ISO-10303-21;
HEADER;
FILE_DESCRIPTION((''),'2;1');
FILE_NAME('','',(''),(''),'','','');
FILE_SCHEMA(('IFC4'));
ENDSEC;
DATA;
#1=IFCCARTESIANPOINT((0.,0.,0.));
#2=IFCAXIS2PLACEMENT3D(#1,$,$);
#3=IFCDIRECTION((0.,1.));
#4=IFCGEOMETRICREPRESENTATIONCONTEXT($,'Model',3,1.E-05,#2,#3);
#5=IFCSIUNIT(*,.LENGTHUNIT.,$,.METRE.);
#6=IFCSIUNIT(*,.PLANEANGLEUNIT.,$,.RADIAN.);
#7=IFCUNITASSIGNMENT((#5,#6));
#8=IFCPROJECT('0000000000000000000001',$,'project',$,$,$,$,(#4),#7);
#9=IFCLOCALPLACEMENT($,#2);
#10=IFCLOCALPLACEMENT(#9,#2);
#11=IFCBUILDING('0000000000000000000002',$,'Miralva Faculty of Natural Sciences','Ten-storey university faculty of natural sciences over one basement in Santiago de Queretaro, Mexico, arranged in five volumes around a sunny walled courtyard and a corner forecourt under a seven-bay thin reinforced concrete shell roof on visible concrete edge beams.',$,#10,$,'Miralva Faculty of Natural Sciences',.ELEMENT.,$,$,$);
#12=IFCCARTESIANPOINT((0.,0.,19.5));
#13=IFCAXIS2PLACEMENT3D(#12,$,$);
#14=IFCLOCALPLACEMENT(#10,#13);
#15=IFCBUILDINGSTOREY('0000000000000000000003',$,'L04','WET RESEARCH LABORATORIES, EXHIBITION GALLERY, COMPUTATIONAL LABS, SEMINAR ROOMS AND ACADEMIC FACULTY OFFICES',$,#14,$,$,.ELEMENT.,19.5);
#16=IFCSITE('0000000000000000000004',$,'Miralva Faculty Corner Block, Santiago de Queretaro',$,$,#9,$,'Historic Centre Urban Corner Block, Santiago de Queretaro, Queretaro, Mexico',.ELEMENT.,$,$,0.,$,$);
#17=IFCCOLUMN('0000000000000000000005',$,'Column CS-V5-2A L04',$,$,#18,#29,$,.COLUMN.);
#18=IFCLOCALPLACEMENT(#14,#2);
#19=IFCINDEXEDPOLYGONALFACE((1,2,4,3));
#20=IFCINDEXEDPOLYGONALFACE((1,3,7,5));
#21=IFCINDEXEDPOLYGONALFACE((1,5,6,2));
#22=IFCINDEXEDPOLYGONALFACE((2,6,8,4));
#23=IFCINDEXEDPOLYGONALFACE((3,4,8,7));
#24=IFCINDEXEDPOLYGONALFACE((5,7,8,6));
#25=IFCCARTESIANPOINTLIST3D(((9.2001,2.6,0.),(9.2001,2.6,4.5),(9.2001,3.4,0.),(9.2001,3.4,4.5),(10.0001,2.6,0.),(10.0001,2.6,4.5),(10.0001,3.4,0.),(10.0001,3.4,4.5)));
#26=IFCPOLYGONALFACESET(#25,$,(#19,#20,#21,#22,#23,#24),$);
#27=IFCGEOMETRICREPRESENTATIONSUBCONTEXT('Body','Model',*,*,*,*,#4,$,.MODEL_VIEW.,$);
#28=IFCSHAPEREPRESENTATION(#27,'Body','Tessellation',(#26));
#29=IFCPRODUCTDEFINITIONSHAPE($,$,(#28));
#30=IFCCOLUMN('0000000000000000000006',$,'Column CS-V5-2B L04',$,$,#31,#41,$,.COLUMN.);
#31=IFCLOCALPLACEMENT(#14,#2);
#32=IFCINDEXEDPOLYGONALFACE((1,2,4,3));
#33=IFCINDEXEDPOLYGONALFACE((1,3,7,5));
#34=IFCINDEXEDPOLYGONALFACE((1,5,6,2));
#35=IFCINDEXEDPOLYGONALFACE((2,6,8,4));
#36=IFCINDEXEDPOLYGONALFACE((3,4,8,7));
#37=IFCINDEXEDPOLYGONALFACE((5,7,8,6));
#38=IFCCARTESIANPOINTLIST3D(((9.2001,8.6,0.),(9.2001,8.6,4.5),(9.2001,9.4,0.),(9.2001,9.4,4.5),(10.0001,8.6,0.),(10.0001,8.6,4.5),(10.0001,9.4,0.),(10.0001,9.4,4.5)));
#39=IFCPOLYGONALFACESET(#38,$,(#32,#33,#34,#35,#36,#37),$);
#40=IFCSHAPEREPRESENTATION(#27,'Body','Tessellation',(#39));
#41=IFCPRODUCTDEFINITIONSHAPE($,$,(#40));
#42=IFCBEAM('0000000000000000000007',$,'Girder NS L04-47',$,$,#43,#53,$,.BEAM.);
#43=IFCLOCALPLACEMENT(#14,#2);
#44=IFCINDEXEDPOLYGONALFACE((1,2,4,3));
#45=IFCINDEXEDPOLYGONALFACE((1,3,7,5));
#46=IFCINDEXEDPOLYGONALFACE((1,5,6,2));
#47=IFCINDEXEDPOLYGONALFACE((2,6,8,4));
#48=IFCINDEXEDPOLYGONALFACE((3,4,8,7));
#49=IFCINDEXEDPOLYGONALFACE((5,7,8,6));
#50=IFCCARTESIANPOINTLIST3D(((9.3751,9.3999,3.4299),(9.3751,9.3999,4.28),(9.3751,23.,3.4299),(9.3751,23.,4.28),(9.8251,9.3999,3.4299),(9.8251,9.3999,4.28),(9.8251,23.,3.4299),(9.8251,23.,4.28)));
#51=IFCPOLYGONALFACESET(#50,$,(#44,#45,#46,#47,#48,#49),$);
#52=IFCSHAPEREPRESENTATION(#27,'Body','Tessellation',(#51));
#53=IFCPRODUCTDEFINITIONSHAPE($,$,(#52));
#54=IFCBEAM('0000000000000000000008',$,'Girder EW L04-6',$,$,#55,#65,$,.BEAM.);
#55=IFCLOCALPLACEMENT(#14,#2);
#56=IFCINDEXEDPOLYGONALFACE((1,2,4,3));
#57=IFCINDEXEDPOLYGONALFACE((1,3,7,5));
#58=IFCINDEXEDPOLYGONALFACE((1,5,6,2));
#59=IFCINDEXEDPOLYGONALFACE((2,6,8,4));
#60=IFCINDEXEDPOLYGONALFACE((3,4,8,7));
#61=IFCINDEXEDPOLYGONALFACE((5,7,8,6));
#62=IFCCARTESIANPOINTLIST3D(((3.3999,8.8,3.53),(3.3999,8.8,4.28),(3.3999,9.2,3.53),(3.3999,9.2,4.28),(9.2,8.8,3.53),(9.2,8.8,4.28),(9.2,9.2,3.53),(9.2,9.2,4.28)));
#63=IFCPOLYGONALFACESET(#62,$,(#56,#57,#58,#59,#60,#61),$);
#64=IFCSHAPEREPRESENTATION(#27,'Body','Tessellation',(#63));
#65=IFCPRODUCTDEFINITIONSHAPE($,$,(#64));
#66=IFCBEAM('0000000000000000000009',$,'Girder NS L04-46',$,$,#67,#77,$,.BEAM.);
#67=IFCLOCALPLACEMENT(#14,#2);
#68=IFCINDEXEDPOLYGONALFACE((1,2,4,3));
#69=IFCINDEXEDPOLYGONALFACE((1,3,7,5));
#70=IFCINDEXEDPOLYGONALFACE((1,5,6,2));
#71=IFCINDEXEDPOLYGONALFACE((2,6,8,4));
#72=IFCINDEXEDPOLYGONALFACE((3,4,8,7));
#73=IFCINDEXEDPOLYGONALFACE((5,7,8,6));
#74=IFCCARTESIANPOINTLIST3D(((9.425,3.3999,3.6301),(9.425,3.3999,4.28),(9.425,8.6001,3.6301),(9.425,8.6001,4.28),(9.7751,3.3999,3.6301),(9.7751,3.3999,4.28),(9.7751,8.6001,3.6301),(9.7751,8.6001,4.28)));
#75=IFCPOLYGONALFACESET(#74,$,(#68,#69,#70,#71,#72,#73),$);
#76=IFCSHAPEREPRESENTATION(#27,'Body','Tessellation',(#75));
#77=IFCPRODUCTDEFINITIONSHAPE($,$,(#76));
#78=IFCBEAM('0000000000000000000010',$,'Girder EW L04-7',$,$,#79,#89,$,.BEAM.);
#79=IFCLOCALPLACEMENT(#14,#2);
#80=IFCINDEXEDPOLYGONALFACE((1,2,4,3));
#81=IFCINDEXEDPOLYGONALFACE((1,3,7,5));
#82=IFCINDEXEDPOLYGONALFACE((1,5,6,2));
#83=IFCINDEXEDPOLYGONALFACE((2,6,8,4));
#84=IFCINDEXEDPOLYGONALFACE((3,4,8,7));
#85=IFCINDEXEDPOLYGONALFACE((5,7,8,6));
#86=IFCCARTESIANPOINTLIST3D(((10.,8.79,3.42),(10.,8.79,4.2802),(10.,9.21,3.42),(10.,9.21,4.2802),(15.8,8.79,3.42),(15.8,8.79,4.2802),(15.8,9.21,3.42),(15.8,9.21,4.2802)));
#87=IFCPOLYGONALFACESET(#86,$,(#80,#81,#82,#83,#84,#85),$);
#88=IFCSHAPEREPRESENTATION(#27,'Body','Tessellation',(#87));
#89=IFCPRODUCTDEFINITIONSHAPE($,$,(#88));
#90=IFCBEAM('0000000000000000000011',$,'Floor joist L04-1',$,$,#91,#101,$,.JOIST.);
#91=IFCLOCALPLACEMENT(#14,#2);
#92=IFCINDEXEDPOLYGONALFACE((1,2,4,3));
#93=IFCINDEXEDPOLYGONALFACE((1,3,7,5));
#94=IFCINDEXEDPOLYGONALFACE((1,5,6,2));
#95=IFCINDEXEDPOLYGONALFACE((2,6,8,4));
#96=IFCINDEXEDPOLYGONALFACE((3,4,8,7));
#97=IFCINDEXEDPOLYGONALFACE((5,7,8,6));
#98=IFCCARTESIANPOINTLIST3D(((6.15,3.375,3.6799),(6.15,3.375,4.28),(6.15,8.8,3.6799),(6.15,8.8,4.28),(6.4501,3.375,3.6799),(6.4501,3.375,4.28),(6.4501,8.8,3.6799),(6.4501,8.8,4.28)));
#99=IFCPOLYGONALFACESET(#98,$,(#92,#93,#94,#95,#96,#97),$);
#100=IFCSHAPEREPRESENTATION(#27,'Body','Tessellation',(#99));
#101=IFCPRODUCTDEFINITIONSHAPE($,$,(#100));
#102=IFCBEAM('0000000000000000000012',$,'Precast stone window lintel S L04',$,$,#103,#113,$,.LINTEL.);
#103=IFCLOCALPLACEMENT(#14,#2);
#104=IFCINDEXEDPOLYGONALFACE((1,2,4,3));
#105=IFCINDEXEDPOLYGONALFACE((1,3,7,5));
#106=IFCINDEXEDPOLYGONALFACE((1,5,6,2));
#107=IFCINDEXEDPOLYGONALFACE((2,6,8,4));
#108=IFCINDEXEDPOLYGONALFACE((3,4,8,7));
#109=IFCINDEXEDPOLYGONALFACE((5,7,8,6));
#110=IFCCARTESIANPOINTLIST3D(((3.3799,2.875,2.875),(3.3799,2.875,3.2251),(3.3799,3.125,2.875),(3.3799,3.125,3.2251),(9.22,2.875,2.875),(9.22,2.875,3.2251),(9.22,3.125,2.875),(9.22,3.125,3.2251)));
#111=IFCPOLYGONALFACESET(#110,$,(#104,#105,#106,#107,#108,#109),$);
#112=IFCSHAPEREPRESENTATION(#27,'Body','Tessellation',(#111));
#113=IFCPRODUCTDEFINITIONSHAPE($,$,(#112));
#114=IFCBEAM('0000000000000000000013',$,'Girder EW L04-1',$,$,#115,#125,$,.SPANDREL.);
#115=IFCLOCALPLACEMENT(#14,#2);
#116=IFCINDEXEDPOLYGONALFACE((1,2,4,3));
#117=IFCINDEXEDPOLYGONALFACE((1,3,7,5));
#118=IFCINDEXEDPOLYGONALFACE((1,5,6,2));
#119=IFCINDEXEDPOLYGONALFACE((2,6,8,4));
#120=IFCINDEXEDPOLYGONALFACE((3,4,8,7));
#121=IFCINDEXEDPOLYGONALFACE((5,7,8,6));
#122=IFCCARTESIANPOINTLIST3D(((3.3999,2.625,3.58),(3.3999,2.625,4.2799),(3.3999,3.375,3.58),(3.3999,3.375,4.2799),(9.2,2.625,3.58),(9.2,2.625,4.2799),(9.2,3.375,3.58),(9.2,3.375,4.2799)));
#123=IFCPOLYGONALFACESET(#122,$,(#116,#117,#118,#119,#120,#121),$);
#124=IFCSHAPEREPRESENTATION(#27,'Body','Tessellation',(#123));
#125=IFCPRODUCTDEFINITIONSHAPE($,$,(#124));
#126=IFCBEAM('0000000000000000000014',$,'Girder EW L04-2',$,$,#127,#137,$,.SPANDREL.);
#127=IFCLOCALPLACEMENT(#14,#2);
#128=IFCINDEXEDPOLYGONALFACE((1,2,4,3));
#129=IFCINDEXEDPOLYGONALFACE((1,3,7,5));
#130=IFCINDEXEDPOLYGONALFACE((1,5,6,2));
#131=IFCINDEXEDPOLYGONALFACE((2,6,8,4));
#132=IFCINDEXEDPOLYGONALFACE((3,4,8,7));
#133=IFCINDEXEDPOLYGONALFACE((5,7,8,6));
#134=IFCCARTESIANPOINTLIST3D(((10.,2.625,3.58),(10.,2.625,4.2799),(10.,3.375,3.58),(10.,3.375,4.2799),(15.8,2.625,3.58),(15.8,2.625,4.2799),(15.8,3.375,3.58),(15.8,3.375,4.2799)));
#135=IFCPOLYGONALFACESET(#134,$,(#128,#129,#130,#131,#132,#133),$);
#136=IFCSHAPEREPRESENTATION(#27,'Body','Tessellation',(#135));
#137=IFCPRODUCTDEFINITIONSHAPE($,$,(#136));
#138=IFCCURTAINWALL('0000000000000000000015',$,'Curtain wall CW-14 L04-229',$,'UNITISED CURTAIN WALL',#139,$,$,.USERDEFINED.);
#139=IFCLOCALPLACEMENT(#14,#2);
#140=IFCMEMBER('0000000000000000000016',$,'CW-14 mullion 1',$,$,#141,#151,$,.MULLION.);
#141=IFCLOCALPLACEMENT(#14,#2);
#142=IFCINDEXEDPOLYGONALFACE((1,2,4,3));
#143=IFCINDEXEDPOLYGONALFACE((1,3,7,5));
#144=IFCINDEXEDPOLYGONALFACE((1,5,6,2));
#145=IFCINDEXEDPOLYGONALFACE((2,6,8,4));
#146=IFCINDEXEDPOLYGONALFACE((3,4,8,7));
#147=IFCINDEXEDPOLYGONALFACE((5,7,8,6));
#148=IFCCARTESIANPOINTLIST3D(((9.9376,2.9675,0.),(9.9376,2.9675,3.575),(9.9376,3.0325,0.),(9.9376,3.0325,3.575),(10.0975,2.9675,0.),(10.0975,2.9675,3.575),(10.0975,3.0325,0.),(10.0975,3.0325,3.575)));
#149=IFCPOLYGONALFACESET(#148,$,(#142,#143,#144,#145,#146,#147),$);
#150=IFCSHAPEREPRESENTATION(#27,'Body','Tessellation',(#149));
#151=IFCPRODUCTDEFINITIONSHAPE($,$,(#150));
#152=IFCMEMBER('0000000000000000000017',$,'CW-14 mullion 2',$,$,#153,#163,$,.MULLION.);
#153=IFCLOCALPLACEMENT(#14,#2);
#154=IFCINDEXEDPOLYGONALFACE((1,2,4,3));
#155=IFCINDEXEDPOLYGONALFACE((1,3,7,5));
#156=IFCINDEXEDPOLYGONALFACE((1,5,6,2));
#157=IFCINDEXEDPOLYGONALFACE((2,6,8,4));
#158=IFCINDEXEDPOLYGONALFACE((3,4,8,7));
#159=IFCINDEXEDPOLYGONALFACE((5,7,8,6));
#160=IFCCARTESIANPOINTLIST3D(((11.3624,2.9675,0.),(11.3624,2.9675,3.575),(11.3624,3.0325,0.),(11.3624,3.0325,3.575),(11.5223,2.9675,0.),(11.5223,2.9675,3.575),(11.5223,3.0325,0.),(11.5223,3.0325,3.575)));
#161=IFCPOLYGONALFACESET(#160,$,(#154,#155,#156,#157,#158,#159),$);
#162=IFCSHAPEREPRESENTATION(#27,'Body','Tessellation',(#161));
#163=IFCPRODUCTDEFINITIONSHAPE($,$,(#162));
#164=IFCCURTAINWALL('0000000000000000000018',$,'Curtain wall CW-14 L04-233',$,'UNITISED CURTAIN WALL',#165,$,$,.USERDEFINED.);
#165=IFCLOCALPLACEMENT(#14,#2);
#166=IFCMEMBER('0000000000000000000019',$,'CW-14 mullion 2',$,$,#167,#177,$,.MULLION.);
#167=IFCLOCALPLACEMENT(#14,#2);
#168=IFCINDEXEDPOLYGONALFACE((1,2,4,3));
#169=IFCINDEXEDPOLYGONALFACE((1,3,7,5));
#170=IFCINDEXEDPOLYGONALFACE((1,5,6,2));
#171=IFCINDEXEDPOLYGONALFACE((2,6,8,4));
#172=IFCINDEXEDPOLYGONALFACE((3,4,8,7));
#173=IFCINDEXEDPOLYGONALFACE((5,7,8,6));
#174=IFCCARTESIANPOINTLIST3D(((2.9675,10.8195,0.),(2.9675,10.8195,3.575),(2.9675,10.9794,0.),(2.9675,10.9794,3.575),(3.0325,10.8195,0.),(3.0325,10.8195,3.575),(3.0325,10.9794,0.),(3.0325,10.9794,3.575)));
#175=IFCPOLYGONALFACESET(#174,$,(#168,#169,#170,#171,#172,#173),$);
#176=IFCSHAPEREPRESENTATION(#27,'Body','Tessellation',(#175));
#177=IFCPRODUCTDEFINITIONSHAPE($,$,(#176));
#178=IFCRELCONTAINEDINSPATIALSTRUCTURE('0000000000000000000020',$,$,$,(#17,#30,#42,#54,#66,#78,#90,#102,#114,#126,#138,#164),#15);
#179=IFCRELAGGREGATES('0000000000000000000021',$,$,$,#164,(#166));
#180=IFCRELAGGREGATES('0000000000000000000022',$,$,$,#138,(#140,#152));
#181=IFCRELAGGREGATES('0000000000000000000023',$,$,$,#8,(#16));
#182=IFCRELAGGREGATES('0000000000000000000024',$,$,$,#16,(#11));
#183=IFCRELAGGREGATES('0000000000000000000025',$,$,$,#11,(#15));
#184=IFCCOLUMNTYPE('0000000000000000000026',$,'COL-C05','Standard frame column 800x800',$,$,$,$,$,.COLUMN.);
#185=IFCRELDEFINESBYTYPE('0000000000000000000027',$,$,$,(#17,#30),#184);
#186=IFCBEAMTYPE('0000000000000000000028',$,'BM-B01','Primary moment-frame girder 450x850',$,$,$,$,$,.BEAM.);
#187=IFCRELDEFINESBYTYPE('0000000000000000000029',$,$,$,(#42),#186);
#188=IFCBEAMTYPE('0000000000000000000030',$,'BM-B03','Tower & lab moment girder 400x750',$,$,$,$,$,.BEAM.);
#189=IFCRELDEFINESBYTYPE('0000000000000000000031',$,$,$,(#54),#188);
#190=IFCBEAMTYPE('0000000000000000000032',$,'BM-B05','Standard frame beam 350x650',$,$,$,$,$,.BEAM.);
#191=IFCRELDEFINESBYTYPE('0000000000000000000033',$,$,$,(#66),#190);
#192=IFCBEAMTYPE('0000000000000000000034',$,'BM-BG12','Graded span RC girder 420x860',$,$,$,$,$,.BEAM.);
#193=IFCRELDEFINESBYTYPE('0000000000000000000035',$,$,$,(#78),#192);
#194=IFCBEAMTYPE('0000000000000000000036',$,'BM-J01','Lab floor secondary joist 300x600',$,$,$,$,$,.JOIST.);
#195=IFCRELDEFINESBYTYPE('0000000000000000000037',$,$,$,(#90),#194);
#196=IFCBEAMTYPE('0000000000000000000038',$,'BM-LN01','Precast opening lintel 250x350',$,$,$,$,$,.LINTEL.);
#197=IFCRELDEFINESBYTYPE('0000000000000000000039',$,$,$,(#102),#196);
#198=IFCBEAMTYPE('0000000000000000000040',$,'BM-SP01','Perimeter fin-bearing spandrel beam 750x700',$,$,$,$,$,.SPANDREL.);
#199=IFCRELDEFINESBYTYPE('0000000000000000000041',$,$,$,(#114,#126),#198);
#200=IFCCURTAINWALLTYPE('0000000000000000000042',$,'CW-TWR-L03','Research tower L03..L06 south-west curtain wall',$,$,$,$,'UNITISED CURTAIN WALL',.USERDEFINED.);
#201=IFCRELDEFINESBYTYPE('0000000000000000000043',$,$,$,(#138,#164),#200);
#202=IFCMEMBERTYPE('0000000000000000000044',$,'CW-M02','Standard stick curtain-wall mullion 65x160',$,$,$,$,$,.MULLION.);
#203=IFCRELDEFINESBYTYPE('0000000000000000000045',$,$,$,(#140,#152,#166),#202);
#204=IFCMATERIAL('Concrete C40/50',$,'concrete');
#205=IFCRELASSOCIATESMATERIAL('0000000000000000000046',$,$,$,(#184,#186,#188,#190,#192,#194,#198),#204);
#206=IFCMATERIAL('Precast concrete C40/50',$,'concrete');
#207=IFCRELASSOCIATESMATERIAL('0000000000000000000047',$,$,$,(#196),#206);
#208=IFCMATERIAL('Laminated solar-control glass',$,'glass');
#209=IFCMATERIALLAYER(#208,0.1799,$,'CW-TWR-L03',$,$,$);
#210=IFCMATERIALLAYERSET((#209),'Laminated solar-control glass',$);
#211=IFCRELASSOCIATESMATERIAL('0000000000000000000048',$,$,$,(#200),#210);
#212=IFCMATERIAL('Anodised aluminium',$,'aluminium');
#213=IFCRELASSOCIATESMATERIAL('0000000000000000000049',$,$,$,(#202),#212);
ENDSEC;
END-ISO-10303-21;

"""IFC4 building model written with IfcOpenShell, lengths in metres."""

from ifc_helpers import new_model, si_unit, direction, frame, origin, origin_2d, place, context, subcontext, project, spatial, rectangle, extrude, material, layer, layer_set, material_profile, profile_set, type_object, element, aggregate, save


model = new_model("IFC4")

# Units and contexts
model_context = context("Model", 3, precision=1e-05, world=origin(), true_north=direction((0.0, 1.0)))
body_context = subcontext(model_context, "Body", "Model", "MODEL_VIEW")
ifc_project = project(units=[si_unit("LENGTHUNIT", "METRE"), si_unit("PLANEANGLEUNIT", "RADIAN")], contexts=[model_context])

# Site, building, storey
site_placement = place(None, origin())
site = spatial("IfcSite", under=ifc_project, at=site_placement, Name="Miralva Faculty Corner Block, Santiago de Queretaro", LongName="Historic Centre Urban Corner Block, Santiago de Queretaro, Queretaro, Mexico", CompositionType="ELEMENT", RefElevation=0.0)
building_placement = place(site_placement, origin())
building = spatial("IfcBuilding", under=site, at=building_placement, Name="Miralva Faculty of Natural Sciences", Description="Ten-storey university faculty of natural sciences over one basement in Santiago de Queretaro, Mexico, arranged in five volumes around a sunny walled courtyard and a corner forecourt under a seven-bay thin reinforced concrete shell roof on visible concrete edge beams.", LongName="Miralva Faculty of Natural Sciences", CompositionType="ELEMENT")
storey_placement = place(building_placement, frame((0.0, 0.0, 19.5)))
storey = spatial("IfcBuildingStorey", under=building, at=storey_placement, Name="L04", Description="WET RESEARCH LABORATORIES, EXHIBITION GALLERY, COMPUTATIONAL LABS, SEMINAR ROOMS AND ACADEMIC FACULTY OFFICES", CompositionType="ELEMENT", Elevation=19.5)

# Columns
ifc_material_1 = material(Name="Concrete C40/50", Category="concrete")
ifc_material_profile_1 = material_profile(ifc_material_1, rectangle(XDim=0.8, YDim=0.8, at=origin_2d()), Name="RC 800x800")
ifc_profile_set_1 = profile_set([ifc_material_profile_1], Name="Concrete C40/50")
column_type = type_object("IfcColumnType", Name="COL-C05", Description="Standard frame column 800x800", PredefinedType="COLUMN", material=ifc_profile_set_1)
for number, where, z_axis, x_axis, name in (
    (1, (9.6001, 3.0, 0.0), (0.0, 0.0, 1.0), (1.0, 0.0, 0.0), "Column CS-V5-2A L04"),
    (2, (9.6001, 9.0, 0.0), (0.0, 0.0, 1.0), (1.0, 0.0, 0.0), "Column CS-V5-2B L04"),
):
    element("IfcColumn", number, at=place(storey_placement, frame(where, z_axis=z_axis, x_axis=x_axis)), inside=storey, type_object=column_type, Name=name, PredefinedType="COLUMN", context=body_context, shape_type="SweptSolid", body=[
        extrude(rectangle(XDim=0.8, YDim=0.8, at=origin_2d()), origin(), (0.0, 0.0, 1.0), 4.5),
    ])

# Beams
ifc_material_profile_2 = material_profile(ifc_material_1, rectangle(XDim=0.45, YDim=0.8501, at=origin_2d()), Name="RC 450x850")
ifc_profile_set_2 = profile_set([ifc_material_profile_2], Name="Concrete C40/50")
beam_type_1 = type_object("IfcBeamType", Name="BM-B01", Description="Primary moment-frame girder 450x850", PredefinedType="BEAM", material=ifc_profile_set_2)
beam_1_placement = place(storey_placement, frame((9.6001, 9.3999, 3.855), z_axis=(0.0, 1.0, 0.0), x_axis=(-1.0, 0.0, 0.0)))
element("IfcBeam", 3, at=beam_1_placement, inside=storey, type_object=beam_type_1, Name="Girder NS L04-47", PredefinedType="BEAM", context=body_context, shape_type="SweptSolid", body=[
    extrude(rectangle(XDim=0.45, YDim=0.8501, at=origin_2d()), origin(), (0.0, 0.0, 1.0), 13.6001),
])
ifc_material_profile_3 = material_profile(ifc_material_1, rectangle(XDim=0.3999, YDim=0.75, at=origin_2d()), Name="RC 400x750")
ifc_profile_set_3 = profile_set([ifc_material_profile_3], Name="Concrete C40/50")
beam_type_2 = type_object("IfcBeamType", Name="BM-B03", Description="Tower & lab moment girder 400x750", PredefinedType="BEAM", material=ifc_profile_set_3)
beam_2_placement = place(storey_placement, frame((3.3999, 9.0, 3.905), z_axis=(1.0, 0.0, 0.0), x_axis=(0.0, 1.0, 0.0)))
element("IfcBeam", 4, at=beam_2_placement, inside=storey, type_object=beam_type_2, Name="Girder EW L04-6", PredefinedType="BEAM", context=body_context, shape_type="SweptSolid", body=[
    extrude(rectangle(XDim=0.3999, YDim=0.75, at=origin_2d()), origin(), (0.0, 0.0, 1.0), 5.8),
])
ifc_material_profile_4 = material_profile(ifc_material_1, rectangle(XDim=0.3501, YDim=0.6499, at=origin_2d()), Name="RC 350x650")
ifc_profile_set_4 = profile_set([ifc_material_profile_4], Name="Concrete C40/50")
beam_type_3 = type_object("IfcBeamType", Name="BM-B05", Description="Standard frame beam 350x650", PredefinedType="BEAM", material=ifc_profile_set_4)
beam_3_placement = place(storey_placement, frame((9.6001, 3.3999, 3.9551), z_axis=(0.0, 1.0, 0.0), x_axis=(-1.0, 0.0, 0.0)))
element("IfcBeam", 5, at=beam_3_placement, inside=storey, type_object=beam_type_3, Name="Girder NS L04-46", PredefinedType="BEAM", context=body_context, shape_type="SweptSolid", body=[
    extrude(rectangle(XDim=0.3501, YDim=0.6499, at=origin_2d()), origin(), (0.0, 0.0, 1.0), 5.2002),
])
ifc_material_profile_5 = material_profile(ifc_material_1, rectangle(XDim=0.4199, YDim=0.8601, at=origin_2d()), Name="RC 420x860")
ifc_profile_set_5 = profile_set([ifc_material_profile_5], Name="Concrete C40/50")
beam_type_4 = type_object("IfcBeamType", Name="BM-BG12", Description="Graded span RC girder 420x860", PredefinedType="BEAM", material=ifc_profile_set_5)
beam_4_placement = place(storey_placement, frame((10.0, 9.0, 3.8501), z_axis=(1.0, 0.0, 0.0), x_axis=(0.0, 1.0, 0.0)))
element("IfcBeam", 6, at=beam_4_placement, inside=storey, type_object=beam_type_4, Name="Girder EW L04-7", PredefinedType="BEAM", context=body_context, shape_type="SweptSolid", body=[
    extrude(rectangle(XDim=0.4199, YDim=0.8601, at=origin_2d()), origin(), (0.0, 0.0, 1.0), 5.8),
])
ifc_material_profile_6 = material_profile(ifc_material_1, rectangle(XDim=0.3, YDim=0.6001, at=origin_2d()), Name="RC 300x600")
ifc_profile_set_6 = profile_set([ifc_material_profile_6], Name="Concrete C40/50")
beam_type_5 = type_object("IfcBeamType", Name="BM-J01", Description="Lab floor secondary joist 300x600", PredefinedType="JOIST", material=ifc_profile_set_6)
beam_5_placement = place(storey_placement, frame((6.3, 3.375, 3.98), z_axis=(0.0, 1.0, 0.0), x_axis=(-1.0, 0.0, 0.0)))
element("IfcBeam", 7, at=beam_5_placement, inside=storey, type_object=beam_type_5, Name="Floor joist L04-1", PredefinedType="JOIST", context=body_context, shape_type="SweptSolid", body=[
    extrude(rectangle(XDim=0.3, YDim=0.6001, at=origin_2d()), origin(), (0.0, 0.0, 1.0), 5.425),
])
ifc_material_2 = material(Name="Precast concrete C40/50", Category="concrete")
ifc_material_profile_7 = material_profile(ifc_material_2, rectangle(XDim=0.25, YDim=0.3501, at=origin_2d()), Name="RC 250x350")
ifc_profile_set_7 = profile_set([ifc_material_profile_7], Name="Precast concrete C40/50")
beam_type_6 = type_object("IfcBeamType", Name="BM-LN01", Description="Precast opening lintel 250x350", PredefinedType="LINTEL", material=ifc_profile_set_7)
beam_6_placement = place(storey_placement, frame((3.3799, 3.0, 3.05), z_axis=(1.0, 0.0, 0.0), x_axis=(0.0, 1.0, 0.0)))
element("IfcBeam", 8, at=beam_6_placement, inside=storey, type_object=beam_type_6, Name="Precast stone window lintel S L04", PredefinedType="LINTEL", context=body_context, shape_type="SweptSolid", body=[
    extrude(rectangle(XDim=0.25, YDim=0.3501, at=origin_2d()), origin(), (0.0, 0.0, 1.0), 5.8401),
])
ifc_material_profile_8 = material_profile(ifc_material_1, rectangle(XDim=0.75, YDim=0.7, at=origin_2d()), Name="RC 750x700")
ifc_profile_set_8 = profile_set([ifc_material_profile_8], Name="Concrete C40/50")
beam_type_7 = type_object("IfcBeamType", Name="BM-SP01", Description="Perimeter fin-bearing spandrel beam 750x700", PredefinedType="SPANDREL", material=ifc_profile_set_8)
for number, where, z_axis, x_axis, name in (
    (9, (3.3999, 3.0, 3.9299), (1.0, 0.0, 0.0), (0.0, 1.0, 0.0), "Girder EW L04-1"),
    (10, (10.0, 3.0, 3.9299), (1.0, 0.0, 0.0), (0.0, 1.0, 0.0), "Girder EW L04-2"),
):
    element("IfcBeam", number, at=place(storey_placement, frame(where, z_axis=z_axis, x_axis=x_axis)), inside=storey, type_object=beam_type_7, Name=name, PredefinedType="SPANDREL", context=body_context, shape_type="SweptSolid", body=[
        extrude(rectangle(XDim=0.75, YDim=0.7, at=origin_2d()), origin(), (0.0, 0.0, 1.0), 5.8),
    ])

# Curtain wall, members
ifc_material_3 = material(Name="Laminated solar-control glass", Category="glass")
ifc_layer_1 = layer(ifc_material_3, 0.1799, Name="CW-TWR-L03")
ifc_layer_set_1 = layer_set([ifc_layer_1], Name="Laminated solar-control glass")
curtain_wall_type = type_object("IfcCurtainWallType", Name="CW-TWR-L03", Description="Research tower L03..L06 south-west curtain wall", ElementType="UNITISED CURTAIN WALL", PredefinedType="USERDEFINED", material=ifc_layer_set_1)
curtain_wall_1_placement = place(storey_placement, origin())
curtain_wall_1 = element("IfcCurtainWall", 11, at=curtain_wall_1_placement, inside=storey, type_object=curtain_wall_type, Name="Curtain wall CW-14 L04-229", ObjectType="UNITISED CURTAIN WALL", PredefinedType="USERDEFINED")
ifc_material_4 = material(Name="Anodised aluminium", Category="aluminium")
ifc_material_profile_9 = material_profile(ifc_material_4, rectangle(XDim=0.0649, YDim=0.1599, at=origin_2d()), Name="MULLION 65x160")
ifc_profile_set_9 = profile_set([ifc_material_profile_9], Name="Anodised aluminium")
member_type_1 = type_object("IfcMemberType", Name="CW-M02", Description="Standard stick curtain-wall mullion 65x160", PredefinedType="MULLION", material=ifc_profile_set_9)
member_1_placement = place(storey_placement, frame((10.0176, 3.0, 0.0), z_axis=(0.0, 0.0, 1.0), x_axis=(0.0, 1.0, 0.0)))
member_1 = element("IfcMember", 12, at=member_1_placement, type_object=member_type_1, Name="CW-14 mullion 1", PredefinedType="MULLION", context=body_context, shape_type="SweptSolid", body=[
    extrude(rectangle(XDim=0.0649, YDim=0.1599, at=origin_2d()), origin(), (0.0, 0.0, 1.0), 3.575),
])
member_2_placement = place(storey_placement, frame((11.4424, 3.0, 0.0), z_axis=(0.0, 0.0, 1.0), x_axis=(0.0, 1.0, 0.0)))
member_2 = element("IfcMember", 13, at=member_2_placement, type_object=member_type_1, Name="CW-14 mullion 2", PredefinedType="MULLION", context=body_context, shape_type="SweptSolid", body=[
    extrude(rectangle(XDim=0.0649, YDim=0.1599, at=origin_2d()), origin(), (0.0, 0.0, 1.0), 3.575),
])

# Curtain wall, member
curtain_wall_2_placement = place(storey_placement, origin())
curtain_wall_2 = element("IfcCurtainWall", 14, at=curtain_wall_2_placement, inside=storey, type_object=curtain_wall_type, Name="Curtain wall CW-14 L04-233", ObjectType="UNITISED CURTAIN WALL", PredefinedType="USERDEFINED")
member_3_placement = place(storey_placement, frame((3.0, 10.8994, 0.0), z_axis=(0.0, 0.0, 1.0), x_axis=(-1.0, 0.0, 0.0)))
member_3 = element("IfcMember", 15, at=member_3_placement, type_object=member_type_1, Name="CW-14 mullion 2", PredefinedType="MULLION", context=body_context, shape_type="SweptSolid", body=[
    extrude(rectangle(XDim=0.0649, YDim=0.1599, at=origin_2d()), origin(), (0.0, 0.0, 1.0), 3.575),
])

aggregate(curtain_wall_2, [member_3])

aggregate(curtain_wall_1, [member_1, member_2])

save(model, "model.ifc")
